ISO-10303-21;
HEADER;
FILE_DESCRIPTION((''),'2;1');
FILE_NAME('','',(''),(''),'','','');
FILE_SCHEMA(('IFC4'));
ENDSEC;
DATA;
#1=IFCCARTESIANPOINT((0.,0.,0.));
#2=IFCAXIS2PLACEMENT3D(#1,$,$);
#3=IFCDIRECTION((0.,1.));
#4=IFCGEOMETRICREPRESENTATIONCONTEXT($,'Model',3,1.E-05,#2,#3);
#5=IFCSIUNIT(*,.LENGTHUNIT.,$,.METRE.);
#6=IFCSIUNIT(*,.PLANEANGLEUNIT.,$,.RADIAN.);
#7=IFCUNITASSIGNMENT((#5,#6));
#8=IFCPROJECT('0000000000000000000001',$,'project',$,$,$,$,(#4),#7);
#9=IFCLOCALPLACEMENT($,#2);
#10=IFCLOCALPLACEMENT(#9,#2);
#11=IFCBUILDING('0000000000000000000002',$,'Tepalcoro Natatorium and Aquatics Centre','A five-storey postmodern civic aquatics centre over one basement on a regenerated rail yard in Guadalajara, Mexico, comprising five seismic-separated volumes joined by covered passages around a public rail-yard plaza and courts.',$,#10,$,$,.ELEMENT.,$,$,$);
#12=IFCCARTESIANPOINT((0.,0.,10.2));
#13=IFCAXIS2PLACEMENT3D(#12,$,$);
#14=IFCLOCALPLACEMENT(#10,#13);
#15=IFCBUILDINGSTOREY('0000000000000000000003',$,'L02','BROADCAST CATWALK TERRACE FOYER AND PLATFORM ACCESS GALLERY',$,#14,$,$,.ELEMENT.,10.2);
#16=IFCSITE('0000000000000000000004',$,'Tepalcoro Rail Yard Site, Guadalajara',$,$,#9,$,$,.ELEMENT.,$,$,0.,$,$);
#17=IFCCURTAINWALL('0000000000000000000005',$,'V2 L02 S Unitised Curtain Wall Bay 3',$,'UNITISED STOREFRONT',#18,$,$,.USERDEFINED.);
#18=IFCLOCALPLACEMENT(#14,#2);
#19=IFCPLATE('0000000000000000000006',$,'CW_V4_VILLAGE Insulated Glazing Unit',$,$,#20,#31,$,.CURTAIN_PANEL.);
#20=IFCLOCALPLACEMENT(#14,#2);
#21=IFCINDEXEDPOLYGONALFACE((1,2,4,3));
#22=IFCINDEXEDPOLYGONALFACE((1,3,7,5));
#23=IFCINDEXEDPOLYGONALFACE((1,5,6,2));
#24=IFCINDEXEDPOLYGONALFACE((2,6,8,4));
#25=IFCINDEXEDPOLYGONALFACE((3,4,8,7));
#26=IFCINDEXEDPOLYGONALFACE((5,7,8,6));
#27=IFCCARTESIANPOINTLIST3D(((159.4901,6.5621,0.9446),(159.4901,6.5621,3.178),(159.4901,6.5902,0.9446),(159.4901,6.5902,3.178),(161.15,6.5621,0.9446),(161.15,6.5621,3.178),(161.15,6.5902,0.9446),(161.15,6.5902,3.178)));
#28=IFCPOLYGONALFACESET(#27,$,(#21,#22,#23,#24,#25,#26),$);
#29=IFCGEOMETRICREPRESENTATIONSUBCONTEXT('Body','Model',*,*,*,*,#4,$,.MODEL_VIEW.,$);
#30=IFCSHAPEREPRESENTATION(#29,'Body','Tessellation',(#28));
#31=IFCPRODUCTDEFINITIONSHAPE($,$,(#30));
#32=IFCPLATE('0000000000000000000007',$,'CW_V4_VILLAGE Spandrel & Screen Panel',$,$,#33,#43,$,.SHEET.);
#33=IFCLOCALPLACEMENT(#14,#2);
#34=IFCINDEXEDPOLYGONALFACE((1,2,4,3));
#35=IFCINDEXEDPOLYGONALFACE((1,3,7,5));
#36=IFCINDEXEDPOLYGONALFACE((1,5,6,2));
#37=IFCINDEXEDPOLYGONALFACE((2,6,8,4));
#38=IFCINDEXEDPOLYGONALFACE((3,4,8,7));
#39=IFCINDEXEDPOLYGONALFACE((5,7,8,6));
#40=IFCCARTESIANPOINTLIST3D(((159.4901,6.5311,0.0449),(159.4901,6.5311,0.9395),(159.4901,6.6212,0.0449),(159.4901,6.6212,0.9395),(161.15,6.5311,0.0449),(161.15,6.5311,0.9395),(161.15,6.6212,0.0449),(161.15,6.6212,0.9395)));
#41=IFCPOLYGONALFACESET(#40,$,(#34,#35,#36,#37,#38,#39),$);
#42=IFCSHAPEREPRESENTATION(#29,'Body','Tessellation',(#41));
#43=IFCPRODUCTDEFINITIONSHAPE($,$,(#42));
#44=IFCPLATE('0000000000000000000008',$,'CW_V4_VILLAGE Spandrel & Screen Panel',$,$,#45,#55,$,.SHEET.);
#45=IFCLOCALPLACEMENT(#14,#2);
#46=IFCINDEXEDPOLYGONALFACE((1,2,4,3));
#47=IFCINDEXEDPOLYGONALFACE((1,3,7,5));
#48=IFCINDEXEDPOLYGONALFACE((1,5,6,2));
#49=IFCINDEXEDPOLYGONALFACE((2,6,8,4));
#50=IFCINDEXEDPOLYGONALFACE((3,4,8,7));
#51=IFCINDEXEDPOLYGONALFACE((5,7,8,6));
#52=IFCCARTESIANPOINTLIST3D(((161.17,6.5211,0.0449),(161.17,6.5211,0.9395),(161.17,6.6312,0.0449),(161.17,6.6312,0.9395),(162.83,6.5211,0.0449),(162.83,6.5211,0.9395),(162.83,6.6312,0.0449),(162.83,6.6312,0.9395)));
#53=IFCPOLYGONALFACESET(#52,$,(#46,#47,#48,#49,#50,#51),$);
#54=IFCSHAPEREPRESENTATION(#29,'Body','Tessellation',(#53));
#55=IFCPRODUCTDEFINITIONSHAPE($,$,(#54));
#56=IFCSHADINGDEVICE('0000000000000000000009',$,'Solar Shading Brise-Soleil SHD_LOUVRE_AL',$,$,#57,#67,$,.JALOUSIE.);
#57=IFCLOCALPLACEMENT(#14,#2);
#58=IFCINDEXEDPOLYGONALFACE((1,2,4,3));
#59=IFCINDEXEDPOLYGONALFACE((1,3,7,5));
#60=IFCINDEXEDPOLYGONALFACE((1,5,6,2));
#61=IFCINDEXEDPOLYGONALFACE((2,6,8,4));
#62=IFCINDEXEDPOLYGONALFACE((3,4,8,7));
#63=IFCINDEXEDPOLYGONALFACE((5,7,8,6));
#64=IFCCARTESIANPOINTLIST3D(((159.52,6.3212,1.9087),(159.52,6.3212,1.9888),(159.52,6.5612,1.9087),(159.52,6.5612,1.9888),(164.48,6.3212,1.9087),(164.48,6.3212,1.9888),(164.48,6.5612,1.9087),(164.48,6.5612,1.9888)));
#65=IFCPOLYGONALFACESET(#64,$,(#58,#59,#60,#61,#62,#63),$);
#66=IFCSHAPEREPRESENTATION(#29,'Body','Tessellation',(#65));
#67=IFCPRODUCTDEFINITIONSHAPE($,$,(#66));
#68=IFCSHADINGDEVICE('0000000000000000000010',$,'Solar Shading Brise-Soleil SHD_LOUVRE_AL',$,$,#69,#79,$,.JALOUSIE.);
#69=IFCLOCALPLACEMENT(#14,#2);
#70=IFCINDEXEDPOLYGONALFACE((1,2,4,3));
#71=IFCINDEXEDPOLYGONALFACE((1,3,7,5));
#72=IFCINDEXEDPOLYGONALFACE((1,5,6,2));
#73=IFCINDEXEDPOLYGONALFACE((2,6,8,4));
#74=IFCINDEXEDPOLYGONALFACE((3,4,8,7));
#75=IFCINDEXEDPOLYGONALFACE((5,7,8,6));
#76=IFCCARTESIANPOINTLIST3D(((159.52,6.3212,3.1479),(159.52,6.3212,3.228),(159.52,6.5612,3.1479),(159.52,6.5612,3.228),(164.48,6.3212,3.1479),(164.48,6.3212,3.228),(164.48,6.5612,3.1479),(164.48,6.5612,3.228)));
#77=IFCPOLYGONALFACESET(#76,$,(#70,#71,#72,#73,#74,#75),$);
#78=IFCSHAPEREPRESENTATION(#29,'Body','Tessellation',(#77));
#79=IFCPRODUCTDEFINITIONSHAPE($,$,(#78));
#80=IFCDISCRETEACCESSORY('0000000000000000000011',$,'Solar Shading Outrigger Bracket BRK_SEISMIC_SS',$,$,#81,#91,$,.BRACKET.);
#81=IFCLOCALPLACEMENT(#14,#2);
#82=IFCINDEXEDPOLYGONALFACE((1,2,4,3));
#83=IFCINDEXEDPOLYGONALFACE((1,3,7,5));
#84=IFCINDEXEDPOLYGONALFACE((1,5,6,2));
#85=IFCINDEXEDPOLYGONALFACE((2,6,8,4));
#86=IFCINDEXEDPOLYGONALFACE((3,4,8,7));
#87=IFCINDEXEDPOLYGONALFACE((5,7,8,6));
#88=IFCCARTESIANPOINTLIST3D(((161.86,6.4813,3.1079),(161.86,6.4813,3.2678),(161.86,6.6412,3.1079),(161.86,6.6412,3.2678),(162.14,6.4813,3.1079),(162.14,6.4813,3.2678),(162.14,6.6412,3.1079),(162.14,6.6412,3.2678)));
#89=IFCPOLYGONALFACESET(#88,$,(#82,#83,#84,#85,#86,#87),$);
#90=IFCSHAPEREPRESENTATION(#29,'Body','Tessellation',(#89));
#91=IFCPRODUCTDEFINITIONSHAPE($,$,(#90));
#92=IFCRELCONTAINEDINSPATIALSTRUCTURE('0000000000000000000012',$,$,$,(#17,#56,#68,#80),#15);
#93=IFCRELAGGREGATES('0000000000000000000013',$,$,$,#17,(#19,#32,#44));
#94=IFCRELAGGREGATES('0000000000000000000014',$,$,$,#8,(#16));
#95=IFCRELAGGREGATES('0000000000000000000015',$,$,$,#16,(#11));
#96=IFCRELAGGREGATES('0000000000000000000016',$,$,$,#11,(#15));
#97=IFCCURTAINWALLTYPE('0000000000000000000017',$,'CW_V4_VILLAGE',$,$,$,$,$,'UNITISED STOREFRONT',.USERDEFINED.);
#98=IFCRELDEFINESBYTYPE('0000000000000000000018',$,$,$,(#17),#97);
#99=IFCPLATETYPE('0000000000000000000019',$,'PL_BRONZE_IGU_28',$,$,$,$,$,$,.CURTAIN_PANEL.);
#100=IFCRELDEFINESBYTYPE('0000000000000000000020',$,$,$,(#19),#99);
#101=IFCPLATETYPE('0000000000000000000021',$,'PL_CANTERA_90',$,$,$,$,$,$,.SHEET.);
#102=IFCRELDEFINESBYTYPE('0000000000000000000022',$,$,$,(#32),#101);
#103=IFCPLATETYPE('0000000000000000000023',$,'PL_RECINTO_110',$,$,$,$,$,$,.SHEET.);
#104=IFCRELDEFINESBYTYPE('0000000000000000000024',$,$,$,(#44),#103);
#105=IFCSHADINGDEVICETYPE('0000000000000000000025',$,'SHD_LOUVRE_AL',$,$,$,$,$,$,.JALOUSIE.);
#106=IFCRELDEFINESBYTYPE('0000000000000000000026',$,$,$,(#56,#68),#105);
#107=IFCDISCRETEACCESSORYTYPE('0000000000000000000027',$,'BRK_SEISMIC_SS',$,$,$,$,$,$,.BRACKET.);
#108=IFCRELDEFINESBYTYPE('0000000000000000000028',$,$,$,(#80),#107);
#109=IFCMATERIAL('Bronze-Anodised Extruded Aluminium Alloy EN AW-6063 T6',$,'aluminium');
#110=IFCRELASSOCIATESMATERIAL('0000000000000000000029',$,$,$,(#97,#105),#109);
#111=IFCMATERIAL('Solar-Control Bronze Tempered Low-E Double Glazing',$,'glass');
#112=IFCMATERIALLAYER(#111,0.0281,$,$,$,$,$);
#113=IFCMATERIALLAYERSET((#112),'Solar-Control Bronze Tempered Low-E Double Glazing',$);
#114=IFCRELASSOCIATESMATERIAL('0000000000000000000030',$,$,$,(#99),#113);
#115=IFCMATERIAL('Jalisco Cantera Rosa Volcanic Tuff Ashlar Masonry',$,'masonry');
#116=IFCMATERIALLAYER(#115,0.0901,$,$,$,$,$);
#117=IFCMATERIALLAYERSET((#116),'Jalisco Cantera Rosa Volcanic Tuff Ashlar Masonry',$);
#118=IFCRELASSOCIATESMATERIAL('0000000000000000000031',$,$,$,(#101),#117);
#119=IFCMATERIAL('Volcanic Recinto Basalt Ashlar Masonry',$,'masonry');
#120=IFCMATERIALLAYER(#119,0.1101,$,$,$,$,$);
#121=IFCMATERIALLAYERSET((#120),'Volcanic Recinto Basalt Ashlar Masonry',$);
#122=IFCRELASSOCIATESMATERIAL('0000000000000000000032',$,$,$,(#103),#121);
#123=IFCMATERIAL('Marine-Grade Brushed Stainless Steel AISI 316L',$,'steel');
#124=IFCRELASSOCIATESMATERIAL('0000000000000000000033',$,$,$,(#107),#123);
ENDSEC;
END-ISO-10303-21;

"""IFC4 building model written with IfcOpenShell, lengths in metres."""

from ifc_helpers import new_model, si_unit, direction, frame, origin, origin_2d, place, context, subcontext, project, spatial, rectangle, extrude, material, layer, layer_set, type_object, element, aggregate, save


model = new_model("IFC4")

# Units and contexts
model_context = context("Model", 3, precision=1e-05, world=origin(), true_north=direction((0.0, 1.0)))
body_context = subcontext(model_context, "Body", "Model", "MODEL_VIEW")
ifc_project = project(units=[si_unit("LENGTHUNIT", "METRE"), si_unit("PLANEANGLEUNIT", "RADIAN")], contexts=[model_context])

# Site, building, storey
site_placement = place(None, origin())
site = spatial("IfcSite", under=ifc_project, at=site_placement, Name="Tepalcoro Rail Yard Site, Guadalajara", CompositionType="ELEMENT", RefElevation=0.0)
building_placement = place(site_placement, origin())
building = spatial("IfcBuilding", under=site, at=building_placement, Name="Tepalcoro Natatorium and Aquatics Centre", Description="A five-storey postmodern civic aquatics centre over one basement on a regenerated rail yard in Guadalajara, Mexico, comprising five seismic-separated volumes joined by covered passages around a public rail-yard plaza and courts.", CompositionType="ELEMENT")
storey_placement = place(building_placement, frame((0.0, 0.0, 10.2)))
storey = spatial("IfcBuildingStorey", under=building, at=storey_placement, Name="L02", Description="BROADCAST CATWALK TERRACE FOYER AND PLATFORM ACCESS GALLERY", CompositionType="ELEMENT", Elevation=10.2)

# Curtain wall
ifc_material_1 = material(Name="Bronze-Anodised Extruded Aluminium Alloy EN AW-6063 T6", Category="aluminium")
curtain_wall_type = type_object("IfcCurtainWallType", Name="CW_V4_VILLAGE", ElementType="UNITISED STOREFRONT", PredefinedType="USERDEFINED", material=ifc_material_1)
curtain_wall_placement = place(storey_placement, origin())
curtain_wall = element("IfcCurtainWall", 1, at=curtain_wall_placement, inside=storey, type_object=curtain_wall_type, Name="V2 L02 S Unitised Curtain Wall Bay 3", ObjectType="UNITISED STOREFRONT", PredefinedType="USERDEFINED")

# Plates
ifc_material_2 = material(Name="Solar-Control Bronze Tempered Low-E Double Glazing", Category="glass")
ifc_layer_1 = layer(ifc_material_2, 0.0281)
ifc_layer_set_1 = layer_set([ifc_layer_1], Name="Solar-Control Bronze Tempered Low-E Double Glazing")
plate_type_1 = type_object("IfcPlateType", Name="PL_BRONZE_IGU_28", PredefinedType="CURTAIN_PANEL", material=ifc_layer_set_1)
plate_1_placement = place(storey_placement, frame((160.3201, 6.5762, 0.9446), z_axis=(0.0, 0.0, 1.0), x_axis=(1.0, 0.0, 0.0)))
plate_1 = element("IfcPlate", 2, at=plate_1_placement, type_object=plate_type_1, Name="CW_V4_VILLAGE Insulated Glazing Unit", PredefinedType="CURTAIN_PANEL", context=body_context, shape_type="SweptSolid", body=[
    extrude(rectangle(XDim=1.6599, YDim=0.0281, at=origin_2d()), origin(), (0.0, 0.0, 1.0), 2.2334),
])
ifc_material_3 = material(Name="Jalisco Cantera Rosa Volcanic Tuff Ashlar Masonry", Category="masonry")
ifc_layer_2 = layer(ifc_material_3, 0.0901)
ifc_layer_set_2 = layer_set([ifc_layer_2], Name="Jalisco Cantera Rosa Volcanic Tuff Ashlar Masonry")
plate_type_2 = type_object("IfcPlateType", Name="PL_CANTERA_90", PredefinedType="SHEET", material=ifc_layer_set_2)
plate_2_placement = place(storey_placement, frame((160.3201, 6.5762, 0.0449), z_axis=(0.0, 0.0, 1.0), x_axis=(1.0, 0.0, 0.0)))
plate_2 = element("IfcPlate", 3, at=plate_2_placement, type_object=plate_type_2, Name="CW_V4_VILLAGE Spandrel & Screen Panel", PredefinedType="SHEET", context=body_context, shape_type="SweptSolid", body=[
    extrude(rectangle(XDim=1.6599, YDim=0.0901, at=origin_2d()), origin(), (0.0, 0.0, 1.0), 0.8945),
])
ifc_material_4 = material(Name="Volcanic Recinto Basalt Ashlar Masonry", Category="masonry")
ifc_layer_3 = layer(ifc_material_4, 0.1101)
ifc_layer_set_3 = layer_set([ifc_layer_3], Name="Volcanic Recinto Basalt Ashlar Masonry")
plate_type_3 = type_object("IfcPlateType", Name="PL_RECINTO_110", PredefinedType="SHEET", material=ifc_layer_set_3)
plate_3_placement = place(storey_placement, frame((162.0, 6.5762, 0.0449), z_axis=(0.0, 0.0, 1.0), x_axis=(1.0, 0.0, 0.0)))
plate_3 = element("IfcPlate", 4, at=plate_3_placement, type_object=plate_type_3, Name="CW_V4_VILLAGE Spandrel & Screen Panel", PredefinedType="SHEET", context=body_context, shape_type="SweptSolid", body=[
    extrude(rectangle(XDim=1.6599, YDim=0.1101, at=origin_2d()), origin(), (0.0, 0.0, 1.0), 0.8945),
])
aggregate(curtain_wall, [plate_1, plate_2, plate_3])

# Shading devices
shading_device_type = type_object("IfcShadingDeviceType", Name="SHD_LOUVRE_AL", PredefinedType="JALOUSIE", material=ifc_material_1)
for number, where, z_axis, x_axis, name in (
    (5, (162.0, 6.4412, 1.9087), (0.0, 0.0, 1.0), (1.0, 0.0, 0.0), "Solar Shading Brise-Soleil SHD_LOUVRE_AL"),
    (6, (162.0, 6.4412, 3.1479), (0.0, 0.0, 1.0), (1.0, 0.0, 0.0), "Solar Shading Brise-Soleil SHD_LOUVRE_AL"),
):
    element("IfcShadingDevice", number, at=place(storey_placement, frame(where, z_axis=z_axis, x_axis=x_axis)), inside=storey, type_object=shading_device_type, Name=name, PredefinedType="JALOUSIE", context=body_context, shape_type="SweptSolid", body=[
        extrude(rectangle(XDim=4.96, YDim=0.24, at=origin_2d()), origin(), (0.0, 0.0, 1.0), 0.0801),
    ])

# Discrete accessory
ifc_material_5 = material(Name="Marine-Grade Brushed Stainless Steel AISI 316L", Category="steel")
discrete_accessory_type = type_object("IfcDiscreteAccessoryType", Name="BRK_SEISMIC_SS", PredefinedType="BRACKET", material=ifc_material_5)
discrete_accessory_placement = place(storey_placement, frame((162.0, 6.5613, 3.1079), z_axis=(0.0, 0.0, 1.0), x_axis=(1.0, 0.0, 0.0)))
element("IfcDiscreteAccessory", 7, at=discrete_accessory_placement, inside=storey, type_object=discrete_accessory_type, Name="Solar Shading Outrigger Bracket BRK_SEISMIC_SS", PredefinedType="BRACKET", context=body_context, shape_type="SweptSolid", body=[
    extrude(rectangle(XDim=0.28, YDim=0.1599, at=origin_2d()), origin(), (0.0, 0.0, 1.0), 0.1599),
])

save(model, "model.ifc")
